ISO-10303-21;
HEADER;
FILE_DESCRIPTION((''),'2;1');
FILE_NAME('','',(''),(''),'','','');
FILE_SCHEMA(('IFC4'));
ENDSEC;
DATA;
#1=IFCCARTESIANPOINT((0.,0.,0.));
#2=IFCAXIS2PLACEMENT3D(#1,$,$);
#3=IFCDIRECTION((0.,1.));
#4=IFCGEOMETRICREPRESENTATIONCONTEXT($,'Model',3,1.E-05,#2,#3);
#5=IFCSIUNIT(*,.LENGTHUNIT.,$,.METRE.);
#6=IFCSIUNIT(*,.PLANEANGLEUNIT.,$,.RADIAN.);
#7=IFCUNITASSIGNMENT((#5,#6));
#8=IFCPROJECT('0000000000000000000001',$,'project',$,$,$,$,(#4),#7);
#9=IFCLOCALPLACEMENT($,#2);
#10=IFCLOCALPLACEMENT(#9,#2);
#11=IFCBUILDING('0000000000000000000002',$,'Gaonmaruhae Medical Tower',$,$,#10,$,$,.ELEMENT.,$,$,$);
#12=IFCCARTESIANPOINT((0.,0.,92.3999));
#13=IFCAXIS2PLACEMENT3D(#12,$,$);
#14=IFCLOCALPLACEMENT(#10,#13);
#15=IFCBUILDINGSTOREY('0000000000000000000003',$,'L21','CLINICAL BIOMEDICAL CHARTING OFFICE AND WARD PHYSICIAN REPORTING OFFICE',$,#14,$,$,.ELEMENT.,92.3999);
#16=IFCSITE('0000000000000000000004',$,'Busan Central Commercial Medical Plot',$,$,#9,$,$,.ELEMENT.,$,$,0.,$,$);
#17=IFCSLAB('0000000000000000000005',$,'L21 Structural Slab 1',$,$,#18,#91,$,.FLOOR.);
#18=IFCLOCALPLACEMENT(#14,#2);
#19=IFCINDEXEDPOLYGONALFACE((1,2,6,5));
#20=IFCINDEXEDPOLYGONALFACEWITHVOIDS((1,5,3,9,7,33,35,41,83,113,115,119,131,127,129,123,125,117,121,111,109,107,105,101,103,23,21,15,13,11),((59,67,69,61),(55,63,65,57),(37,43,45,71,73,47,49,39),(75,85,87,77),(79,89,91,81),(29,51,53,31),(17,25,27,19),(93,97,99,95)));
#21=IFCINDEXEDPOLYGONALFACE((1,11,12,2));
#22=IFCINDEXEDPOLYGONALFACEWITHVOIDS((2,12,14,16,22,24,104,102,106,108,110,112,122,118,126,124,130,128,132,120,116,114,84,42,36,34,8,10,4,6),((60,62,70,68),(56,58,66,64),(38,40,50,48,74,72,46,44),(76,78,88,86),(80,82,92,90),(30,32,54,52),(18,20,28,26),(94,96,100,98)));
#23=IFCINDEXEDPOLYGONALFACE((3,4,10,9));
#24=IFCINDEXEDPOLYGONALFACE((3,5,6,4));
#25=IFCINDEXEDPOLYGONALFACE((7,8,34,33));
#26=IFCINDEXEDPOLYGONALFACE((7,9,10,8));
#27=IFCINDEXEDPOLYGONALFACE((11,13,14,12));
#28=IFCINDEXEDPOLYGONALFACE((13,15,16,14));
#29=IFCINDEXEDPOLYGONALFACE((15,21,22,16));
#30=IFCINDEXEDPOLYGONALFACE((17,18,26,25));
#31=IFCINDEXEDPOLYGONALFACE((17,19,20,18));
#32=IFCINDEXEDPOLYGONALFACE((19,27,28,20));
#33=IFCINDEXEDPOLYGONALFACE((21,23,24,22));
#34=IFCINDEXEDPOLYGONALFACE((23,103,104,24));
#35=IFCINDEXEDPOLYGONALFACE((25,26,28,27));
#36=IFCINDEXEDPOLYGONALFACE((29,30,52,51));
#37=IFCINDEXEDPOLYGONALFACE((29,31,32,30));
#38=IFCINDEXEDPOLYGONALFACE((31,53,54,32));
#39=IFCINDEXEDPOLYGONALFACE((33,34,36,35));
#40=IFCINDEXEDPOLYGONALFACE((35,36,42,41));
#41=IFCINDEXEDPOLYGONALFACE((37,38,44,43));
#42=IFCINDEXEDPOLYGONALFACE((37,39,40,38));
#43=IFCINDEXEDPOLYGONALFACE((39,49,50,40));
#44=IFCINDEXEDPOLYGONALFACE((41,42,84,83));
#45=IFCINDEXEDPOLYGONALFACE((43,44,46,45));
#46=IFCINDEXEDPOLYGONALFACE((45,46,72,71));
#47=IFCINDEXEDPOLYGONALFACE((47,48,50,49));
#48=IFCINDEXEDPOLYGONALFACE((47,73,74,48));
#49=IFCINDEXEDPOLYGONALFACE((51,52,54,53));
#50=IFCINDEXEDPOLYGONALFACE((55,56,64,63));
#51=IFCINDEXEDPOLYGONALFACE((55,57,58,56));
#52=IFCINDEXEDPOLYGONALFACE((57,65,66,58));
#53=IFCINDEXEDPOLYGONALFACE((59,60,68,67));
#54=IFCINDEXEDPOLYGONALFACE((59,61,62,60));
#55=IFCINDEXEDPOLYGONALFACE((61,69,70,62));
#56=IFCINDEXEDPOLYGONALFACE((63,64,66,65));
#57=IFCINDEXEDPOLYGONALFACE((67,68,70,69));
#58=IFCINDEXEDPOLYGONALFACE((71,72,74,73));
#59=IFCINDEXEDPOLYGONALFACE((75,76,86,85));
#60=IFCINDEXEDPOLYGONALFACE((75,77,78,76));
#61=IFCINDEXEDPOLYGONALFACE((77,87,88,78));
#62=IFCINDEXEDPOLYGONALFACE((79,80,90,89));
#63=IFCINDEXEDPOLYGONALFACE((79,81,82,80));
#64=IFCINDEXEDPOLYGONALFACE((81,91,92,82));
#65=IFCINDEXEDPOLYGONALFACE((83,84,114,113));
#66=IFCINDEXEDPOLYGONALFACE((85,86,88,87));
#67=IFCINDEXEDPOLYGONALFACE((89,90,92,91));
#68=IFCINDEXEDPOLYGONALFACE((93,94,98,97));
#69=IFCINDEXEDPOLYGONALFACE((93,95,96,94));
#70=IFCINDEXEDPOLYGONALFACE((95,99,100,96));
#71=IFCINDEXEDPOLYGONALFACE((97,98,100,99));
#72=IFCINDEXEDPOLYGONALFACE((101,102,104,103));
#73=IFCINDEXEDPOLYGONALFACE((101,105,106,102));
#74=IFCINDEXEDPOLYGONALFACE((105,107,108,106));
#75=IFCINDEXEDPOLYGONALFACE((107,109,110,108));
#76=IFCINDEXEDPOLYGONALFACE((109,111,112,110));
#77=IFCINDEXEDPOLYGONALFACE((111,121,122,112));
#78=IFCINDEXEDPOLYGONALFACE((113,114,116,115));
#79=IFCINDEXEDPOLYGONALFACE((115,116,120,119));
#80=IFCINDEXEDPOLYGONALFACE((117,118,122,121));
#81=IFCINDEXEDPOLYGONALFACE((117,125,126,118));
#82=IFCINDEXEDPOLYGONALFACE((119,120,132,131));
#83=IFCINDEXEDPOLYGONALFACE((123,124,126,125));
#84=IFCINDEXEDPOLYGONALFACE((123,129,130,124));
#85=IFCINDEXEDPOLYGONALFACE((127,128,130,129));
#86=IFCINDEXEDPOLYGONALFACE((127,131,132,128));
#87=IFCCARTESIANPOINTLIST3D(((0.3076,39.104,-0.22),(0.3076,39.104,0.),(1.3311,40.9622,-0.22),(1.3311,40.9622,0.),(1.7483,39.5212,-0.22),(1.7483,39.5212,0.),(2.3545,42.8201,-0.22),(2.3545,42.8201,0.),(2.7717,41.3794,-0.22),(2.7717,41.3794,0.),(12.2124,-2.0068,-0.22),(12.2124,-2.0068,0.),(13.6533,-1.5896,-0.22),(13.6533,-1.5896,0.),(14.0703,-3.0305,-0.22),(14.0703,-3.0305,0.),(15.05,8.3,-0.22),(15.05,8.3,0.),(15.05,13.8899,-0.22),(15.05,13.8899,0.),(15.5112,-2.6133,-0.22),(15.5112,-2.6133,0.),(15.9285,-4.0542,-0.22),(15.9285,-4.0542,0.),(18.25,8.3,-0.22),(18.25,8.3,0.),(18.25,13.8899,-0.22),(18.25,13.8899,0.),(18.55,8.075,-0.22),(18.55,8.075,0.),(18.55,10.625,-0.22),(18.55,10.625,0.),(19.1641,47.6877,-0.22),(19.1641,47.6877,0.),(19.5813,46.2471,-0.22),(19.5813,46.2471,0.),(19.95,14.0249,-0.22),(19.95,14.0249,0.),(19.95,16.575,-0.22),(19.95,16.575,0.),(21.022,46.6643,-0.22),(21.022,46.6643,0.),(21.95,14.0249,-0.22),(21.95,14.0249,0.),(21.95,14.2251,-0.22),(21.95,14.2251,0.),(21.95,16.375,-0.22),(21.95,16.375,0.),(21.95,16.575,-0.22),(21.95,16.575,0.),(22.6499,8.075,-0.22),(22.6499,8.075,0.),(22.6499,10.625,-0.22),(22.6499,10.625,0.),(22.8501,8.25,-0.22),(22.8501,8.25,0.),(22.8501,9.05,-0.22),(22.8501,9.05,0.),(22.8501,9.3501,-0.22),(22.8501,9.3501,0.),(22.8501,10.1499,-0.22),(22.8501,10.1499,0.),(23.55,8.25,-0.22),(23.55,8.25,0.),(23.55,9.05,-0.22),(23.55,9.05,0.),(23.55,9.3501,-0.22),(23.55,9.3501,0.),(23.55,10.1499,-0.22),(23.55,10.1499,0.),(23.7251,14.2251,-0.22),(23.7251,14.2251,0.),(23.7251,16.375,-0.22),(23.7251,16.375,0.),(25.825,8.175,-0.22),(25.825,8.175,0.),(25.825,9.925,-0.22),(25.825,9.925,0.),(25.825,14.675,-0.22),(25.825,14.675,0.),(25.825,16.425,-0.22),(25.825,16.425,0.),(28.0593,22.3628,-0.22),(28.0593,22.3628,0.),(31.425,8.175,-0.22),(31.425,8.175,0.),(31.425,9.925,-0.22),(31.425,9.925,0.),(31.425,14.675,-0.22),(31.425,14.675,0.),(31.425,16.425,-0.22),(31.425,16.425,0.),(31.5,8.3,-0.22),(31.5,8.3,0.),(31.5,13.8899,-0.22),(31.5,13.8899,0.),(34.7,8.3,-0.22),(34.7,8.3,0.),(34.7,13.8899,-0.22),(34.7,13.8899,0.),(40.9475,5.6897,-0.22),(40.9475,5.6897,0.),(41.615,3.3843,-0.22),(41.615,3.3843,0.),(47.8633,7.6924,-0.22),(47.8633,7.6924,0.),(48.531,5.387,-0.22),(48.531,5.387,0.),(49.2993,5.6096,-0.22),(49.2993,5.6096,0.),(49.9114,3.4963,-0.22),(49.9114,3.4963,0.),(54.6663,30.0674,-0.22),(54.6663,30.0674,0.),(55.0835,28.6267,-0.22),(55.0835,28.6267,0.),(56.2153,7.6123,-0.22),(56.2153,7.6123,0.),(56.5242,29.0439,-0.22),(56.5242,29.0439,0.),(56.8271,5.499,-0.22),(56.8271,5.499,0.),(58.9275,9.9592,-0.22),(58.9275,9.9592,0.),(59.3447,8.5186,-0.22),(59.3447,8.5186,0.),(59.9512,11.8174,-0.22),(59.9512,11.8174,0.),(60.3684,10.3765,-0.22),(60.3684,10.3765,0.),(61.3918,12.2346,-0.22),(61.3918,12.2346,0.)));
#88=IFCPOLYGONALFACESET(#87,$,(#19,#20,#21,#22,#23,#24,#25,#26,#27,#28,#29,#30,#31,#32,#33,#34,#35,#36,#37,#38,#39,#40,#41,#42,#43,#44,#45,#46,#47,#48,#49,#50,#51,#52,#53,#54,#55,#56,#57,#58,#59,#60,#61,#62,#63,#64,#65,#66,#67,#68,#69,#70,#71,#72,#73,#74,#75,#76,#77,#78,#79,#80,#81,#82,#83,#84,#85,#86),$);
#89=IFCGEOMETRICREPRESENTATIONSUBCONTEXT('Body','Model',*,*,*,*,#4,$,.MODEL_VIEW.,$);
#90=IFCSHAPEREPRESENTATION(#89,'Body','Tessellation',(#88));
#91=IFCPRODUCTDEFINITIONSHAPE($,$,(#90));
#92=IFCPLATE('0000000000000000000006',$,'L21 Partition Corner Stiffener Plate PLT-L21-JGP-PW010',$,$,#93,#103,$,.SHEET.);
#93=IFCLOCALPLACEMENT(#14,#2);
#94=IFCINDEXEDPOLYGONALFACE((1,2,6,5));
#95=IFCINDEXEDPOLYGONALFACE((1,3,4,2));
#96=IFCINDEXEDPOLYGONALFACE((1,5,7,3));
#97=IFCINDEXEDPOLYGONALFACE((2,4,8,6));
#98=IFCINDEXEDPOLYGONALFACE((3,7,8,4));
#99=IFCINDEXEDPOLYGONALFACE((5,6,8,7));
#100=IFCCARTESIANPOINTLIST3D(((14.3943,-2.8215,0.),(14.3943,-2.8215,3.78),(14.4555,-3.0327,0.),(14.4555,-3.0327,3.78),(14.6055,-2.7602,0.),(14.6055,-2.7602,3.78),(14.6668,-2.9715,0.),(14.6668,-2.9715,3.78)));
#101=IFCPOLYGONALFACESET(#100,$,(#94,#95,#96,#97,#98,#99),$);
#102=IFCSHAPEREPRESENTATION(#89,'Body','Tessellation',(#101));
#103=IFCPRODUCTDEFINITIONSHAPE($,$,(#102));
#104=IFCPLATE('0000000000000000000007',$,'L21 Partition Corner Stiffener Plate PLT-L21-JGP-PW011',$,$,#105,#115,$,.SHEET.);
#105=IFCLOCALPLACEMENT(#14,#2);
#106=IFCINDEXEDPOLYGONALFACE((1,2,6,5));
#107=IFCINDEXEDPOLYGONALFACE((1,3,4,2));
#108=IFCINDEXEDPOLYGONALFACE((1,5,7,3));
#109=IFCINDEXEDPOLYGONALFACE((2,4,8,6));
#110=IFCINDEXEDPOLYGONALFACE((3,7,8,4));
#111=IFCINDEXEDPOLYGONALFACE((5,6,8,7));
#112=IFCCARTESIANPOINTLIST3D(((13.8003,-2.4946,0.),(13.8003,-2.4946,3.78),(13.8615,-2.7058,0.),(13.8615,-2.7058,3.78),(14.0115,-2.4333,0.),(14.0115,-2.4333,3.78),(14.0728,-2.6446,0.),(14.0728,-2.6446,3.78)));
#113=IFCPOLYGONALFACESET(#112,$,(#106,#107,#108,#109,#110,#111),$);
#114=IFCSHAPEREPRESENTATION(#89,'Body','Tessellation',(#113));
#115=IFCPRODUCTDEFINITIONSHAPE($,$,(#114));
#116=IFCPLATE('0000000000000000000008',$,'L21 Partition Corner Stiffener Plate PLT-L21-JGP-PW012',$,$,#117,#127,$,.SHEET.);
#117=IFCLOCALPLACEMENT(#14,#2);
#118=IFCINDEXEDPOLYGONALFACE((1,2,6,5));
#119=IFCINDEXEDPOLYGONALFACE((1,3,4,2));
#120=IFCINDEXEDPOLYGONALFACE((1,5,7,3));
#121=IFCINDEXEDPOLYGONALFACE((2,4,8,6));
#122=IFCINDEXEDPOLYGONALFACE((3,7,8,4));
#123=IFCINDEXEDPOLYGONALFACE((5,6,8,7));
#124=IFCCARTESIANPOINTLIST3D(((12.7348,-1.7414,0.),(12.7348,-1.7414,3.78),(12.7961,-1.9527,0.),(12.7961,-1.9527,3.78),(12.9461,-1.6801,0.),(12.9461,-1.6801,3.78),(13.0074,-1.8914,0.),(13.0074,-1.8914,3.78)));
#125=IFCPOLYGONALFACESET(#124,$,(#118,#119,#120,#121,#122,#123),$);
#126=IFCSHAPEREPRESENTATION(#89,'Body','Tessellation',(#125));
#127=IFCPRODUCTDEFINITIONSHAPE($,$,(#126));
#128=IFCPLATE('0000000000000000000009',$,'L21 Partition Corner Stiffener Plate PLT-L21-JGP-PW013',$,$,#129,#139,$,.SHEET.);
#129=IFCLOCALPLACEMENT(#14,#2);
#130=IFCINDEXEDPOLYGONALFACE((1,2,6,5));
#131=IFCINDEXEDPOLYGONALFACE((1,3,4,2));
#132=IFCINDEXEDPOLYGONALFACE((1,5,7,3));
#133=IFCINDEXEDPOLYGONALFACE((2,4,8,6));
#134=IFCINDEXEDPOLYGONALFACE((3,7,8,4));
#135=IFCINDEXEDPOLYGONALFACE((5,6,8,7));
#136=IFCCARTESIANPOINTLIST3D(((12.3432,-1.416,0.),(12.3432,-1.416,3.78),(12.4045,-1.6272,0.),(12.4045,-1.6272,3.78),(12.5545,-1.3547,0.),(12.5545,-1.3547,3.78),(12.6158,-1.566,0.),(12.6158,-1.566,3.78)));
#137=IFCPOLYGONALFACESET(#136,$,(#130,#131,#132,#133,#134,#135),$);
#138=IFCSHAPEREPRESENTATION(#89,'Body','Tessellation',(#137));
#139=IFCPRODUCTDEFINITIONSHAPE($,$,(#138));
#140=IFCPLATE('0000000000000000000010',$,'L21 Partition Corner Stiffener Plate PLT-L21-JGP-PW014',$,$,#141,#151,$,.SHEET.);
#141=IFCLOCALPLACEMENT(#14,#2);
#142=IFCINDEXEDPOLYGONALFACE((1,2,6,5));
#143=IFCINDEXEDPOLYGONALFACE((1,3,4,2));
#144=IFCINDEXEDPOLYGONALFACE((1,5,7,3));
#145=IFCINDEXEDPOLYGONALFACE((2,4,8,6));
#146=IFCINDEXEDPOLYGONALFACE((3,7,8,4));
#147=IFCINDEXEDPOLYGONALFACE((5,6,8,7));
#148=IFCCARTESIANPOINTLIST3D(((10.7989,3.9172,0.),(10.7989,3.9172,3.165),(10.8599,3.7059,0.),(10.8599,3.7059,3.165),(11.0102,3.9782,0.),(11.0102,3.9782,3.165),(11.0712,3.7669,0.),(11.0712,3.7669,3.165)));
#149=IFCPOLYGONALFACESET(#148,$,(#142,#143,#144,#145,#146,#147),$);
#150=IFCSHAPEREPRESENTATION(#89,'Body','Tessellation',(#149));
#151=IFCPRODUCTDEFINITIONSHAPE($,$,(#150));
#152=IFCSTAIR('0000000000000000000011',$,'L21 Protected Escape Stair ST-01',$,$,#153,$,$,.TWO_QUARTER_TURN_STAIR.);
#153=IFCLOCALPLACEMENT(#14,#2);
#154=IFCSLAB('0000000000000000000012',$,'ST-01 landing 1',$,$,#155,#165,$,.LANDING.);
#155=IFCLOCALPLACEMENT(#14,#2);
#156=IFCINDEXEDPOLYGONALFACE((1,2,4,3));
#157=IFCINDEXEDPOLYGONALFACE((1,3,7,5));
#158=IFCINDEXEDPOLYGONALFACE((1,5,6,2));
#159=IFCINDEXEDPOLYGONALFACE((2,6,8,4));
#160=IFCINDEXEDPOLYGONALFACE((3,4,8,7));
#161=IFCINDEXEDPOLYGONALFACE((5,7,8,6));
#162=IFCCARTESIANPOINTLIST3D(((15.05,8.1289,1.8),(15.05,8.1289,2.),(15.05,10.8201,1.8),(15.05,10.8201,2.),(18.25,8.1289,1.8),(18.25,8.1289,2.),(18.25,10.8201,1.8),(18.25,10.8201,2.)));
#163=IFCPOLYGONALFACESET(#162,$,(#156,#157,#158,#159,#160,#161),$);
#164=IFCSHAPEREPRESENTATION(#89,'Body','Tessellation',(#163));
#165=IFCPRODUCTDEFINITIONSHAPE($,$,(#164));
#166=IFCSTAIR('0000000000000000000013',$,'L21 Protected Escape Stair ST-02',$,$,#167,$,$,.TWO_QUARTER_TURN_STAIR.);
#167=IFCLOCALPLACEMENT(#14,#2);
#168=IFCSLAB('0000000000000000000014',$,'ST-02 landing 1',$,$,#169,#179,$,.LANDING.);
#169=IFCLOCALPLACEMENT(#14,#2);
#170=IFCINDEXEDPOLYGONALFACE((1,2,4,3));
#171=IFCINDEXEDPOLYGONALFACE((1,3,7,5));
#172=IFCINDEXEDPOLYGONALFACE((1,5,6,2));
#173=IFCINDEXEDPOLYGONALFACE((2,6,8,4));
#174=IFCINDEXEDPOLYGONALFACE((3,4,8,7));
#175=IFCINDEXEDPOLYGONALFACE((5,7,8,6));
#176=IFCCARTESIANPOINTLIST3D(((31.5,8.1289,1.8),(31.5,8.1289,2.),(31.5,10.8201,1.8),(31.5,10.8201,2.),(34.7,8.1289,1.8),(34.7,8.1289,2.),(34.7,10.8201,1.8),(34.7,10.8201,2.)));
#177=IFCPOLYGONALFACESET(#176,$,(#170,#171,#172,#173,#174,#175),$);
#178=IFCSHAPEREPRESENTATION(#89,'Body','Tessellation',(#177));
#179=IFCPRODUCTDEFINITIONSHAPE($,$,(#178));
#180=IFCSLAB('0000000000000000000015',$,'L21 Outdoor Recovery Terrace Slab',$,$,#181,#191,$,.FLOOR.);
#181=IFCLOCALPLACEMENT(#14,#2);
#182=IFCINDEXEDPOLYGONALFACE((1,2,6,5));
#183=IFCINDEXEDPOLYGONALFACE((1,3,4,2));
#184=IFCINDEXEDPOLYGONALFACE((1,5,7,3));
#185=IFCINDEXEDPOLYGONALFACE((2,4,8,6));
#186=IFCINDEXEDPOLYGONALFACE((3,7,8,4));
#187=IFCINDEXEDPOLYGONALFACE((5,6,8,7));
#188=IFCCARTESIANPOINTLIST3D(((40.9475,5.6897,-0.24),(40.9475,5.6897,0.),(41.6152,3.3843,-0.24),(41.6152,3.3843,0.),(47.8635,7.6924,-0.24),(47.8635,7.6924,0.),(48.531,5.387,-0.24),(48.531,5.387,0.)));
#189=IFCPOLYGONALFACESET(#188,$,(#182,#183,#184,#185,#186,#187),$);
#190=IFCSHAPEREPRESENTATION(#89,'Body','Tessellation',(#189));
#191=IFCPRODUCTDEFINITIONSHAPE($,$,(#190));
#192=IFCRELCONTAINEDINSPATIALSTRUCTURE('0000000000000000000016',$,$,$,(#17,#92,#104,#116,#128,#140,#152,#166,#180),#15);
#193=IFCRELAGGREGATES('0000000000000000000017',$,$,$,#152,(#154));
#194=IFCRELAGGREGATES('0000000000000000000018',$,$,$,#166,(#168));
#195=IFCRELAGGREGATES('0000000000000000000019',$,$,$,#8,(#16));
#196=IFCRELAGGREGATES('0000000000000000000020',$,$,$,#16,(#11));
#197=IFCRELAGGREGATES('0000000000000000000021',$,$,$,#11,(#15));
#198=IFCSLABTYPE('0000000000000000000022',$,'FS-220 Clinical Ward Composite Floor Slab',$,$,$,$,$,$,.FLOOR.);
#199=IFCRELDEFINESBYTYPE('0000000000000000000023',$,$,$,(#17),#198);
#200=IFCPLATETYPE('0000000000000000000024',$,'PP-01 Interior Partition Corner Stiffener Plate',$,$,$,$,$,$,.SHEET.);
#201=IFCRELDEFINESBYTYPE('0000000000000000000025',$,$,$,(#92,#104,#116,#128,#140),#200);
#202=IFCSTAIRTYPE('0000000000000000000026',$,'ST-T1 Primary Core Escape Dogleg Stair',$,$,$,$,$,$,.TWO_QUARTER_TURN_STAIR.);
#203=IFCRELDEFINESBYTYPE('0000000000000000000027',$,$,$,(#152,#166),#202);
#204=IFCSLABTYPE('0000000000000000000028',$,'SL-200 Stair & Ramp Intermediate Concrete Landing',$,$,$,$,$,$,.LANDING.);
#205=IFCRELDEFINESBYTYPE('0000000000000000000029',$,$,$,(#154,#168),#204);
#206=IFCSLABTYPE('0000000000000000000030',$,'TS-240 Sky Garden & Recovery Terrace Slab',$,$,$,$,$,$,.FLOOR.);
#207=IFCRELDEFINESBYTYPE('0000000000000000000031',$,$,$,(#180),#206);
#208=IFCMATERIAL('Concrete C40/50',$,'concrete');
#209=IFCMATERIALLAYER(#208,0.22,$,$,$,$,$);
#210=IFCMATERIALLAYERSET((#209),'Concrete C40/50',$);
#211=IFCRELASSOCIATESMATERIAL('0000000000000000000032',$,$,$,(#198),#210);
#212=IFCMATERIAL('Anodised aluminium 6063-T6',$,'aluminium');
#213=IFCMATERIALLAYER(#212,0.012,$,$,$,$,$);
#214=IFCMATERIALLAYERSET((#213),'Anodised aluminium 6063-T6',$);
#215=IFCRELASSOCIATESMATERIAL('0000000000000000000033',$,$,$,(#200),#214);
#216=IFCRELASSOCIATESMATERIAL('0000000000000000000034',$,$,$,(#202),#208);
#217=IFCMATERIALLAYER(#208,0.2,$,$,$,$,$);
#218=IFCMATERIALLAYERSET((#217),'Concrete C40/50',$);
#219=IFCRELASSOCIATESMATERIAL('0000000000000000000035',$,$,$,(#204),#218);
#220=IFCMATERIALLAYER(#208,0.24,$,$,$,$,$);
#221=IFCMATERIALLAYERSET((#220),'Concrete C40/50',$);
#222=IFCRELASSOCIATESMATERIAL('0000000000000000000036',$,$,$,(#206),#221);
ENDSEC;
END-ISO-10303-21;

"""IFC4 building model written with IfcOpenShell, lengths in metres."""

from ifc_helpers import new_model, si_unit, direction, frame, origin, origin_2d, place, context, subcontext, project, spatial, polyline, rectangle, outline, extrude, material, layer, layer_set, type_object, element, aggregate, save


model = new_model("IFC4")

# Units and contexts
model_context = context("Model", 3, precision=1e-05, world=origin(), true_north=direction((0.0, 1.0)))
body_context = subcontext(model_context, "Body", "Model", "MODEL_VIEW")
ifc_project = project(units=[si_unit("LENGTHUNIT", "METRE"), si_unit("PLANEANGLEUNIT", "RADIAN")], contexts=[model_context])

# Site, building, storey
site_placement = place(None, origin())
site = spatial("IfcSite", under=ifc_project, at=site_placement, Name="Busan Central Commercial Medical Plot", CompositionType="ELEMENT", RefElevation=0.0)
building_placement = place(site_placement, origin())
building = spatial("IfcBuilding", under=site, at=building_placement, Name="Gaonmaruhae Medical Tower", CompositionType="ELEMENT")
storey_placement = place(building_placement, frame((0.0, 0.0, 92.3999)))
storey = spatial("IfcBuildingStorey", under=building, at=storey_placement, Name="L21", Description="CLINICAL BIOMEDICAL CHARTING OFFICE AND WARD PHYSICIAN REPORTING OFFICE", CompositionType="ELEMENT", Elevation=92.3999)

# Slab
ifc_material_1 = material(Name="Concrete C40/50", Category="concrete")
ifc_layer_1 = layer(ifc_material_1, 0.22)
ifc_layer_set_1 = layer_set([ifc_layer_1], Name="Concrete C40/50")
slab_type_1 = type_object("IfcSlabType", Name="FS-220 Clinical Ward Composite Floor Slab", PredefinedType="FLOOR", material=ifc_layer_set_1)
slab_1_placement = place(storey_placement, frame((0.0, 0.0, -0.22)))
element("IfcSlab", 1, at=slab_1_placement, inside=storey, type_object=slab_type_1, Name="L21 Structural Slab 1", PredefinedType="FLOOR", context=body_context, shape_type="SweptSolid", body=[
    extrude(outline(polyline([(15.5112, -2.6133), (14.0703, -3.0305), (13.6533, -1.5896), (12.2124, -2.0068), (0.3076, 39.104), (1.7483, 39.5212), (1.3311, 40.9622), (2.7717, 41.3794), (2.3545, 42.8201), (19.1641, 47.6877), (19.5813, 46.2471), (21.022, 46.6643), (28.0593, 22.3628), (54.6663, 30.0674), (55.0835, 28.6267), (56.5242, 29.0439), (61.3918, 12.2346), (59.9512, 11.8174), (60.3684, 10.3765), (58.9275, 9.9592), (59.3447, 8.5186), (56.2153, 7.6123), (56.8271, 5.499), (49.9114, 3.4963), (49.2993, 5.6096), (48.531, 5.387), (47.8633, 7.6924), (40.9475, 5.6897), (41.615, 3.3843), (15.9285, -4.0542), (15.5112, -2.6133)]), holes=[polyline([(23.55, 8.25), (22.8501, 8.25), (22.8501, 9.05), (23.55, 9.05), (23.55, 8.25)]), polyline([(25.825, 9.925), (31.425, 9.925), (31.425, 8.175), (25.825, 8.175), (25.825, 9.925)]), polyline([(22.6499, 10.625), (22.6499, 8.075), (18.55, 8.075), (18.55, 10.625), (22.6499, 10.625)]), polyline([(23.55, 9.3501), (22.8501, 9.3501), (22.8501, 10.1499), (23.55, 10.1499), (23.55, 9.3501)]), polyline([(15.05, 13.8899), (18.25, 13.8899), (18.25, 8.3), (15.05, 8.3), (15.05, 13.8899)]), polyline([(31.5, 13.8899), (34.7, 13.8899), (34.7, 8.3), (31.5, 8.3), (31.5, 13.8899)]), polyline([(21.95, 14.2251), (21.95, 14.0249), (19.95, 14.0249), (19.95, 16.575), (21.95, 16.575), (21.95, 16.375), (23.7251, 16.375), (23.7251, 14.2251), (21.95, 14.2251)]), polyline([(25.825, 16.425), (31.425, 16.425), (31.425, 14.675), (25.825, 14.675), (25.825, 16.425)])]), origin(), (0.0, 0.0, 1.0), 0.22),
])

# Plates
ifc_material_2 = material(Name="Anodised aluminium 6063-T6", Category="aluminium")
ifc_layer_2 = layer(ifc_material_2, 0.012)
ifc_layer_set_2 = layer_set([ifc_layer_2], Name="Anodised aluminium 6063-T6")
plate_type = type_object("IfcPlateType", Name="PP-01 Interior Partition Corner Stiffener Plate", PredefinedType="SHEET", material=ifc_layer_set_2)
for number, where, z_axis, x_axis, name in (
    (2, (14.5305, -2.8965, 0.0), (0.0, 0.0, 1.0), (-0.960454, -0.278438, 0.0), "L21 Partition Corner Stiffener Plate PLT-L21-JGP-PW010"),
    (3, (13.9365, -2.5696, 0.0), (0.0, 0.0, 1.0), (-0.278438, 0.960454, 0.0), "L21 Partition Corner Stiffener Plate PLT-L21-JGP-PW011"),
    (4, (12.8711, -1.8164, 0.0), (0.0, 0.0, 1.0), (-0.960391, -0.278656, 0.0), "L21 Partition Corner Stiffener Plate PLT-L21-JGP-PW012"),
    (5, (12.4795, -1.491, 0.0), (0.0, 0.0, 1.0), (-0.278639, 0.960396, 0.0), "L21 Partition Corner Stiffener Plate PLT-L21-JGP-PW013"),
):
    element("IfcPlate", number, at=place(storey_placement, frame(where, z_axis=z_axis, x_axis=x_axis)), inside=storey, type_object=plate_type, Name=name, PredefinedType="SHEET", context=body_context, shape_type="SweptSolid", body=[
        extrude(rectangle(XDim=0.22, YDim=0.22, at=origin_2d()), origin(), (0.0, 0.0, 1.0), 3.78),
    ])
plate_placement = place(storey_placement, frame((10.9351, 3.842, 0.0), z_axis=(0.0, 0.0, 1.0), x_axis=(-0.277449, 0.96074, 0.0)))
element("IfcPlate", 6, at=plate_placement, inside=storey, type_object=plate_type, Name="L21 Partition Corner Stiffener Plate PLT-L21-JGP-PW014", PredefinedType="SHEET", context=body_context, shape_type="SweptSolid", body=[
    extrude(rectangle(XDim=0.22, YDim=0.22, at=origin_2d()), origin(), (0.0, 0.0, 1.0), 3.165),
])

# Stairs, slabs
stair_type = type_object("IfcStairType", Name="ST-T1 Primary Core Escape Dogleg Stair", PredefinedType="TWO_QUARTER_TURN_STAIR", material=ifc_material_1)
stair_1_placement = place(storey_placement, origin())
stair_1 = element("IfcStair", 7, at=stair_1_placement, inside=storey, type_object=stair_type, Name="L21 Protected Escape Stair ST-01", PredefinedType="TWO_QUARTER_TURN_STAIR")
ifc_layer_3 = layer(ifc_material_1, 0.2)
ifc_layer_set_3 = layer_set([ifc_layer_3], Name="Concrete C40/50")
slab_type_2 = type_object("IfcSlabType", Name="SL-200 Stair & Ramp Intermediate Concrete Landing", PredefinedType="LANDING", material=ifc_layer_set_3)
slab_2_placement = place(storey_placement, frame((0.0, 0.0, 1.8)))
slab_2 = element("IfcSlab", 8, at=slab_2_placement, type_object=slab_type_2, Name="ST-01 landing 1", PredefinedType="LANDING", context=body_context, shape_type="SweptSolid", body=[
    extrude(outline(polyline([(15.05, 10.8201), (15.05, 8.1289), (18.25, 8.1289), (18.25, 10.8201), (15.05, 10.8201)])), origin(), (0.0, 0.0, 1.0), 0.2),
])
aggregate(stair_1, [slab_2])
stair_2_placement = place(storey_placement, origin())
stair_2 = element("IfcStair", 9, at=stair_2_placement, inside=storey, type_object=stair_type, Name="L21 Protected Escape Stair ST-02", PredefinedType="TWO_QUARTER_TURN_STAIR")
slab_3_placement = place(storey_placement, frame((0.0, 0.0, 1.8)))
slab_3 = element("IfcSlab", 10, at=slab_3_placement, type_object=slab_type_2, Name="ST-02 landing 1", PredefinedType="LANDING", context=body_context, shape_type="SweptSolid", body=[
    extrude(outline(polyline([(31.5, 10.8201), (31.5, 8.1289), (34.7, 8.1289), (34.7, 10.8201), (31.5, 10.8201)])), origin(), (0.0, 0.0, 1.0), 0.2),
])
aggregate(stair_2, [slab_3])

# Slab
ifc_layer_4 = layer(ifc_material_1, 0.24)
ifc_layer_set_4 = layer_set([ifc_layer_4], Name="Concrete C40/50")
slab_type_3 = type_object("IfcSlabType", Name="TS-240 Sky Garden & Recovery Terrace Slab", PredefinedType="FLOOR", material=ifc_layer_set_4)
slab_4_placement = place(storey_placement, frame((0.0, 0.0, -0.24)))
element("IfcSlab", 11, at=slab_4_placement, inside=storey, type_object=slab_type_3, Name="L21 Outdoor Recovery Terrace Slab", PredefinedType="FLOOR", context=body_context, shape_type="SweptSolid", body=[
    extrude(outline(polyline([(41.6152, 3.3843), (48.531, 5.387), (47.8635, 7.6924), (40.9475, 5.6897), (41.6152, 3.3843)])), origin(), (0.0, 0.0, 1.0), 0.24),
])

save(model, "model.ifc")
